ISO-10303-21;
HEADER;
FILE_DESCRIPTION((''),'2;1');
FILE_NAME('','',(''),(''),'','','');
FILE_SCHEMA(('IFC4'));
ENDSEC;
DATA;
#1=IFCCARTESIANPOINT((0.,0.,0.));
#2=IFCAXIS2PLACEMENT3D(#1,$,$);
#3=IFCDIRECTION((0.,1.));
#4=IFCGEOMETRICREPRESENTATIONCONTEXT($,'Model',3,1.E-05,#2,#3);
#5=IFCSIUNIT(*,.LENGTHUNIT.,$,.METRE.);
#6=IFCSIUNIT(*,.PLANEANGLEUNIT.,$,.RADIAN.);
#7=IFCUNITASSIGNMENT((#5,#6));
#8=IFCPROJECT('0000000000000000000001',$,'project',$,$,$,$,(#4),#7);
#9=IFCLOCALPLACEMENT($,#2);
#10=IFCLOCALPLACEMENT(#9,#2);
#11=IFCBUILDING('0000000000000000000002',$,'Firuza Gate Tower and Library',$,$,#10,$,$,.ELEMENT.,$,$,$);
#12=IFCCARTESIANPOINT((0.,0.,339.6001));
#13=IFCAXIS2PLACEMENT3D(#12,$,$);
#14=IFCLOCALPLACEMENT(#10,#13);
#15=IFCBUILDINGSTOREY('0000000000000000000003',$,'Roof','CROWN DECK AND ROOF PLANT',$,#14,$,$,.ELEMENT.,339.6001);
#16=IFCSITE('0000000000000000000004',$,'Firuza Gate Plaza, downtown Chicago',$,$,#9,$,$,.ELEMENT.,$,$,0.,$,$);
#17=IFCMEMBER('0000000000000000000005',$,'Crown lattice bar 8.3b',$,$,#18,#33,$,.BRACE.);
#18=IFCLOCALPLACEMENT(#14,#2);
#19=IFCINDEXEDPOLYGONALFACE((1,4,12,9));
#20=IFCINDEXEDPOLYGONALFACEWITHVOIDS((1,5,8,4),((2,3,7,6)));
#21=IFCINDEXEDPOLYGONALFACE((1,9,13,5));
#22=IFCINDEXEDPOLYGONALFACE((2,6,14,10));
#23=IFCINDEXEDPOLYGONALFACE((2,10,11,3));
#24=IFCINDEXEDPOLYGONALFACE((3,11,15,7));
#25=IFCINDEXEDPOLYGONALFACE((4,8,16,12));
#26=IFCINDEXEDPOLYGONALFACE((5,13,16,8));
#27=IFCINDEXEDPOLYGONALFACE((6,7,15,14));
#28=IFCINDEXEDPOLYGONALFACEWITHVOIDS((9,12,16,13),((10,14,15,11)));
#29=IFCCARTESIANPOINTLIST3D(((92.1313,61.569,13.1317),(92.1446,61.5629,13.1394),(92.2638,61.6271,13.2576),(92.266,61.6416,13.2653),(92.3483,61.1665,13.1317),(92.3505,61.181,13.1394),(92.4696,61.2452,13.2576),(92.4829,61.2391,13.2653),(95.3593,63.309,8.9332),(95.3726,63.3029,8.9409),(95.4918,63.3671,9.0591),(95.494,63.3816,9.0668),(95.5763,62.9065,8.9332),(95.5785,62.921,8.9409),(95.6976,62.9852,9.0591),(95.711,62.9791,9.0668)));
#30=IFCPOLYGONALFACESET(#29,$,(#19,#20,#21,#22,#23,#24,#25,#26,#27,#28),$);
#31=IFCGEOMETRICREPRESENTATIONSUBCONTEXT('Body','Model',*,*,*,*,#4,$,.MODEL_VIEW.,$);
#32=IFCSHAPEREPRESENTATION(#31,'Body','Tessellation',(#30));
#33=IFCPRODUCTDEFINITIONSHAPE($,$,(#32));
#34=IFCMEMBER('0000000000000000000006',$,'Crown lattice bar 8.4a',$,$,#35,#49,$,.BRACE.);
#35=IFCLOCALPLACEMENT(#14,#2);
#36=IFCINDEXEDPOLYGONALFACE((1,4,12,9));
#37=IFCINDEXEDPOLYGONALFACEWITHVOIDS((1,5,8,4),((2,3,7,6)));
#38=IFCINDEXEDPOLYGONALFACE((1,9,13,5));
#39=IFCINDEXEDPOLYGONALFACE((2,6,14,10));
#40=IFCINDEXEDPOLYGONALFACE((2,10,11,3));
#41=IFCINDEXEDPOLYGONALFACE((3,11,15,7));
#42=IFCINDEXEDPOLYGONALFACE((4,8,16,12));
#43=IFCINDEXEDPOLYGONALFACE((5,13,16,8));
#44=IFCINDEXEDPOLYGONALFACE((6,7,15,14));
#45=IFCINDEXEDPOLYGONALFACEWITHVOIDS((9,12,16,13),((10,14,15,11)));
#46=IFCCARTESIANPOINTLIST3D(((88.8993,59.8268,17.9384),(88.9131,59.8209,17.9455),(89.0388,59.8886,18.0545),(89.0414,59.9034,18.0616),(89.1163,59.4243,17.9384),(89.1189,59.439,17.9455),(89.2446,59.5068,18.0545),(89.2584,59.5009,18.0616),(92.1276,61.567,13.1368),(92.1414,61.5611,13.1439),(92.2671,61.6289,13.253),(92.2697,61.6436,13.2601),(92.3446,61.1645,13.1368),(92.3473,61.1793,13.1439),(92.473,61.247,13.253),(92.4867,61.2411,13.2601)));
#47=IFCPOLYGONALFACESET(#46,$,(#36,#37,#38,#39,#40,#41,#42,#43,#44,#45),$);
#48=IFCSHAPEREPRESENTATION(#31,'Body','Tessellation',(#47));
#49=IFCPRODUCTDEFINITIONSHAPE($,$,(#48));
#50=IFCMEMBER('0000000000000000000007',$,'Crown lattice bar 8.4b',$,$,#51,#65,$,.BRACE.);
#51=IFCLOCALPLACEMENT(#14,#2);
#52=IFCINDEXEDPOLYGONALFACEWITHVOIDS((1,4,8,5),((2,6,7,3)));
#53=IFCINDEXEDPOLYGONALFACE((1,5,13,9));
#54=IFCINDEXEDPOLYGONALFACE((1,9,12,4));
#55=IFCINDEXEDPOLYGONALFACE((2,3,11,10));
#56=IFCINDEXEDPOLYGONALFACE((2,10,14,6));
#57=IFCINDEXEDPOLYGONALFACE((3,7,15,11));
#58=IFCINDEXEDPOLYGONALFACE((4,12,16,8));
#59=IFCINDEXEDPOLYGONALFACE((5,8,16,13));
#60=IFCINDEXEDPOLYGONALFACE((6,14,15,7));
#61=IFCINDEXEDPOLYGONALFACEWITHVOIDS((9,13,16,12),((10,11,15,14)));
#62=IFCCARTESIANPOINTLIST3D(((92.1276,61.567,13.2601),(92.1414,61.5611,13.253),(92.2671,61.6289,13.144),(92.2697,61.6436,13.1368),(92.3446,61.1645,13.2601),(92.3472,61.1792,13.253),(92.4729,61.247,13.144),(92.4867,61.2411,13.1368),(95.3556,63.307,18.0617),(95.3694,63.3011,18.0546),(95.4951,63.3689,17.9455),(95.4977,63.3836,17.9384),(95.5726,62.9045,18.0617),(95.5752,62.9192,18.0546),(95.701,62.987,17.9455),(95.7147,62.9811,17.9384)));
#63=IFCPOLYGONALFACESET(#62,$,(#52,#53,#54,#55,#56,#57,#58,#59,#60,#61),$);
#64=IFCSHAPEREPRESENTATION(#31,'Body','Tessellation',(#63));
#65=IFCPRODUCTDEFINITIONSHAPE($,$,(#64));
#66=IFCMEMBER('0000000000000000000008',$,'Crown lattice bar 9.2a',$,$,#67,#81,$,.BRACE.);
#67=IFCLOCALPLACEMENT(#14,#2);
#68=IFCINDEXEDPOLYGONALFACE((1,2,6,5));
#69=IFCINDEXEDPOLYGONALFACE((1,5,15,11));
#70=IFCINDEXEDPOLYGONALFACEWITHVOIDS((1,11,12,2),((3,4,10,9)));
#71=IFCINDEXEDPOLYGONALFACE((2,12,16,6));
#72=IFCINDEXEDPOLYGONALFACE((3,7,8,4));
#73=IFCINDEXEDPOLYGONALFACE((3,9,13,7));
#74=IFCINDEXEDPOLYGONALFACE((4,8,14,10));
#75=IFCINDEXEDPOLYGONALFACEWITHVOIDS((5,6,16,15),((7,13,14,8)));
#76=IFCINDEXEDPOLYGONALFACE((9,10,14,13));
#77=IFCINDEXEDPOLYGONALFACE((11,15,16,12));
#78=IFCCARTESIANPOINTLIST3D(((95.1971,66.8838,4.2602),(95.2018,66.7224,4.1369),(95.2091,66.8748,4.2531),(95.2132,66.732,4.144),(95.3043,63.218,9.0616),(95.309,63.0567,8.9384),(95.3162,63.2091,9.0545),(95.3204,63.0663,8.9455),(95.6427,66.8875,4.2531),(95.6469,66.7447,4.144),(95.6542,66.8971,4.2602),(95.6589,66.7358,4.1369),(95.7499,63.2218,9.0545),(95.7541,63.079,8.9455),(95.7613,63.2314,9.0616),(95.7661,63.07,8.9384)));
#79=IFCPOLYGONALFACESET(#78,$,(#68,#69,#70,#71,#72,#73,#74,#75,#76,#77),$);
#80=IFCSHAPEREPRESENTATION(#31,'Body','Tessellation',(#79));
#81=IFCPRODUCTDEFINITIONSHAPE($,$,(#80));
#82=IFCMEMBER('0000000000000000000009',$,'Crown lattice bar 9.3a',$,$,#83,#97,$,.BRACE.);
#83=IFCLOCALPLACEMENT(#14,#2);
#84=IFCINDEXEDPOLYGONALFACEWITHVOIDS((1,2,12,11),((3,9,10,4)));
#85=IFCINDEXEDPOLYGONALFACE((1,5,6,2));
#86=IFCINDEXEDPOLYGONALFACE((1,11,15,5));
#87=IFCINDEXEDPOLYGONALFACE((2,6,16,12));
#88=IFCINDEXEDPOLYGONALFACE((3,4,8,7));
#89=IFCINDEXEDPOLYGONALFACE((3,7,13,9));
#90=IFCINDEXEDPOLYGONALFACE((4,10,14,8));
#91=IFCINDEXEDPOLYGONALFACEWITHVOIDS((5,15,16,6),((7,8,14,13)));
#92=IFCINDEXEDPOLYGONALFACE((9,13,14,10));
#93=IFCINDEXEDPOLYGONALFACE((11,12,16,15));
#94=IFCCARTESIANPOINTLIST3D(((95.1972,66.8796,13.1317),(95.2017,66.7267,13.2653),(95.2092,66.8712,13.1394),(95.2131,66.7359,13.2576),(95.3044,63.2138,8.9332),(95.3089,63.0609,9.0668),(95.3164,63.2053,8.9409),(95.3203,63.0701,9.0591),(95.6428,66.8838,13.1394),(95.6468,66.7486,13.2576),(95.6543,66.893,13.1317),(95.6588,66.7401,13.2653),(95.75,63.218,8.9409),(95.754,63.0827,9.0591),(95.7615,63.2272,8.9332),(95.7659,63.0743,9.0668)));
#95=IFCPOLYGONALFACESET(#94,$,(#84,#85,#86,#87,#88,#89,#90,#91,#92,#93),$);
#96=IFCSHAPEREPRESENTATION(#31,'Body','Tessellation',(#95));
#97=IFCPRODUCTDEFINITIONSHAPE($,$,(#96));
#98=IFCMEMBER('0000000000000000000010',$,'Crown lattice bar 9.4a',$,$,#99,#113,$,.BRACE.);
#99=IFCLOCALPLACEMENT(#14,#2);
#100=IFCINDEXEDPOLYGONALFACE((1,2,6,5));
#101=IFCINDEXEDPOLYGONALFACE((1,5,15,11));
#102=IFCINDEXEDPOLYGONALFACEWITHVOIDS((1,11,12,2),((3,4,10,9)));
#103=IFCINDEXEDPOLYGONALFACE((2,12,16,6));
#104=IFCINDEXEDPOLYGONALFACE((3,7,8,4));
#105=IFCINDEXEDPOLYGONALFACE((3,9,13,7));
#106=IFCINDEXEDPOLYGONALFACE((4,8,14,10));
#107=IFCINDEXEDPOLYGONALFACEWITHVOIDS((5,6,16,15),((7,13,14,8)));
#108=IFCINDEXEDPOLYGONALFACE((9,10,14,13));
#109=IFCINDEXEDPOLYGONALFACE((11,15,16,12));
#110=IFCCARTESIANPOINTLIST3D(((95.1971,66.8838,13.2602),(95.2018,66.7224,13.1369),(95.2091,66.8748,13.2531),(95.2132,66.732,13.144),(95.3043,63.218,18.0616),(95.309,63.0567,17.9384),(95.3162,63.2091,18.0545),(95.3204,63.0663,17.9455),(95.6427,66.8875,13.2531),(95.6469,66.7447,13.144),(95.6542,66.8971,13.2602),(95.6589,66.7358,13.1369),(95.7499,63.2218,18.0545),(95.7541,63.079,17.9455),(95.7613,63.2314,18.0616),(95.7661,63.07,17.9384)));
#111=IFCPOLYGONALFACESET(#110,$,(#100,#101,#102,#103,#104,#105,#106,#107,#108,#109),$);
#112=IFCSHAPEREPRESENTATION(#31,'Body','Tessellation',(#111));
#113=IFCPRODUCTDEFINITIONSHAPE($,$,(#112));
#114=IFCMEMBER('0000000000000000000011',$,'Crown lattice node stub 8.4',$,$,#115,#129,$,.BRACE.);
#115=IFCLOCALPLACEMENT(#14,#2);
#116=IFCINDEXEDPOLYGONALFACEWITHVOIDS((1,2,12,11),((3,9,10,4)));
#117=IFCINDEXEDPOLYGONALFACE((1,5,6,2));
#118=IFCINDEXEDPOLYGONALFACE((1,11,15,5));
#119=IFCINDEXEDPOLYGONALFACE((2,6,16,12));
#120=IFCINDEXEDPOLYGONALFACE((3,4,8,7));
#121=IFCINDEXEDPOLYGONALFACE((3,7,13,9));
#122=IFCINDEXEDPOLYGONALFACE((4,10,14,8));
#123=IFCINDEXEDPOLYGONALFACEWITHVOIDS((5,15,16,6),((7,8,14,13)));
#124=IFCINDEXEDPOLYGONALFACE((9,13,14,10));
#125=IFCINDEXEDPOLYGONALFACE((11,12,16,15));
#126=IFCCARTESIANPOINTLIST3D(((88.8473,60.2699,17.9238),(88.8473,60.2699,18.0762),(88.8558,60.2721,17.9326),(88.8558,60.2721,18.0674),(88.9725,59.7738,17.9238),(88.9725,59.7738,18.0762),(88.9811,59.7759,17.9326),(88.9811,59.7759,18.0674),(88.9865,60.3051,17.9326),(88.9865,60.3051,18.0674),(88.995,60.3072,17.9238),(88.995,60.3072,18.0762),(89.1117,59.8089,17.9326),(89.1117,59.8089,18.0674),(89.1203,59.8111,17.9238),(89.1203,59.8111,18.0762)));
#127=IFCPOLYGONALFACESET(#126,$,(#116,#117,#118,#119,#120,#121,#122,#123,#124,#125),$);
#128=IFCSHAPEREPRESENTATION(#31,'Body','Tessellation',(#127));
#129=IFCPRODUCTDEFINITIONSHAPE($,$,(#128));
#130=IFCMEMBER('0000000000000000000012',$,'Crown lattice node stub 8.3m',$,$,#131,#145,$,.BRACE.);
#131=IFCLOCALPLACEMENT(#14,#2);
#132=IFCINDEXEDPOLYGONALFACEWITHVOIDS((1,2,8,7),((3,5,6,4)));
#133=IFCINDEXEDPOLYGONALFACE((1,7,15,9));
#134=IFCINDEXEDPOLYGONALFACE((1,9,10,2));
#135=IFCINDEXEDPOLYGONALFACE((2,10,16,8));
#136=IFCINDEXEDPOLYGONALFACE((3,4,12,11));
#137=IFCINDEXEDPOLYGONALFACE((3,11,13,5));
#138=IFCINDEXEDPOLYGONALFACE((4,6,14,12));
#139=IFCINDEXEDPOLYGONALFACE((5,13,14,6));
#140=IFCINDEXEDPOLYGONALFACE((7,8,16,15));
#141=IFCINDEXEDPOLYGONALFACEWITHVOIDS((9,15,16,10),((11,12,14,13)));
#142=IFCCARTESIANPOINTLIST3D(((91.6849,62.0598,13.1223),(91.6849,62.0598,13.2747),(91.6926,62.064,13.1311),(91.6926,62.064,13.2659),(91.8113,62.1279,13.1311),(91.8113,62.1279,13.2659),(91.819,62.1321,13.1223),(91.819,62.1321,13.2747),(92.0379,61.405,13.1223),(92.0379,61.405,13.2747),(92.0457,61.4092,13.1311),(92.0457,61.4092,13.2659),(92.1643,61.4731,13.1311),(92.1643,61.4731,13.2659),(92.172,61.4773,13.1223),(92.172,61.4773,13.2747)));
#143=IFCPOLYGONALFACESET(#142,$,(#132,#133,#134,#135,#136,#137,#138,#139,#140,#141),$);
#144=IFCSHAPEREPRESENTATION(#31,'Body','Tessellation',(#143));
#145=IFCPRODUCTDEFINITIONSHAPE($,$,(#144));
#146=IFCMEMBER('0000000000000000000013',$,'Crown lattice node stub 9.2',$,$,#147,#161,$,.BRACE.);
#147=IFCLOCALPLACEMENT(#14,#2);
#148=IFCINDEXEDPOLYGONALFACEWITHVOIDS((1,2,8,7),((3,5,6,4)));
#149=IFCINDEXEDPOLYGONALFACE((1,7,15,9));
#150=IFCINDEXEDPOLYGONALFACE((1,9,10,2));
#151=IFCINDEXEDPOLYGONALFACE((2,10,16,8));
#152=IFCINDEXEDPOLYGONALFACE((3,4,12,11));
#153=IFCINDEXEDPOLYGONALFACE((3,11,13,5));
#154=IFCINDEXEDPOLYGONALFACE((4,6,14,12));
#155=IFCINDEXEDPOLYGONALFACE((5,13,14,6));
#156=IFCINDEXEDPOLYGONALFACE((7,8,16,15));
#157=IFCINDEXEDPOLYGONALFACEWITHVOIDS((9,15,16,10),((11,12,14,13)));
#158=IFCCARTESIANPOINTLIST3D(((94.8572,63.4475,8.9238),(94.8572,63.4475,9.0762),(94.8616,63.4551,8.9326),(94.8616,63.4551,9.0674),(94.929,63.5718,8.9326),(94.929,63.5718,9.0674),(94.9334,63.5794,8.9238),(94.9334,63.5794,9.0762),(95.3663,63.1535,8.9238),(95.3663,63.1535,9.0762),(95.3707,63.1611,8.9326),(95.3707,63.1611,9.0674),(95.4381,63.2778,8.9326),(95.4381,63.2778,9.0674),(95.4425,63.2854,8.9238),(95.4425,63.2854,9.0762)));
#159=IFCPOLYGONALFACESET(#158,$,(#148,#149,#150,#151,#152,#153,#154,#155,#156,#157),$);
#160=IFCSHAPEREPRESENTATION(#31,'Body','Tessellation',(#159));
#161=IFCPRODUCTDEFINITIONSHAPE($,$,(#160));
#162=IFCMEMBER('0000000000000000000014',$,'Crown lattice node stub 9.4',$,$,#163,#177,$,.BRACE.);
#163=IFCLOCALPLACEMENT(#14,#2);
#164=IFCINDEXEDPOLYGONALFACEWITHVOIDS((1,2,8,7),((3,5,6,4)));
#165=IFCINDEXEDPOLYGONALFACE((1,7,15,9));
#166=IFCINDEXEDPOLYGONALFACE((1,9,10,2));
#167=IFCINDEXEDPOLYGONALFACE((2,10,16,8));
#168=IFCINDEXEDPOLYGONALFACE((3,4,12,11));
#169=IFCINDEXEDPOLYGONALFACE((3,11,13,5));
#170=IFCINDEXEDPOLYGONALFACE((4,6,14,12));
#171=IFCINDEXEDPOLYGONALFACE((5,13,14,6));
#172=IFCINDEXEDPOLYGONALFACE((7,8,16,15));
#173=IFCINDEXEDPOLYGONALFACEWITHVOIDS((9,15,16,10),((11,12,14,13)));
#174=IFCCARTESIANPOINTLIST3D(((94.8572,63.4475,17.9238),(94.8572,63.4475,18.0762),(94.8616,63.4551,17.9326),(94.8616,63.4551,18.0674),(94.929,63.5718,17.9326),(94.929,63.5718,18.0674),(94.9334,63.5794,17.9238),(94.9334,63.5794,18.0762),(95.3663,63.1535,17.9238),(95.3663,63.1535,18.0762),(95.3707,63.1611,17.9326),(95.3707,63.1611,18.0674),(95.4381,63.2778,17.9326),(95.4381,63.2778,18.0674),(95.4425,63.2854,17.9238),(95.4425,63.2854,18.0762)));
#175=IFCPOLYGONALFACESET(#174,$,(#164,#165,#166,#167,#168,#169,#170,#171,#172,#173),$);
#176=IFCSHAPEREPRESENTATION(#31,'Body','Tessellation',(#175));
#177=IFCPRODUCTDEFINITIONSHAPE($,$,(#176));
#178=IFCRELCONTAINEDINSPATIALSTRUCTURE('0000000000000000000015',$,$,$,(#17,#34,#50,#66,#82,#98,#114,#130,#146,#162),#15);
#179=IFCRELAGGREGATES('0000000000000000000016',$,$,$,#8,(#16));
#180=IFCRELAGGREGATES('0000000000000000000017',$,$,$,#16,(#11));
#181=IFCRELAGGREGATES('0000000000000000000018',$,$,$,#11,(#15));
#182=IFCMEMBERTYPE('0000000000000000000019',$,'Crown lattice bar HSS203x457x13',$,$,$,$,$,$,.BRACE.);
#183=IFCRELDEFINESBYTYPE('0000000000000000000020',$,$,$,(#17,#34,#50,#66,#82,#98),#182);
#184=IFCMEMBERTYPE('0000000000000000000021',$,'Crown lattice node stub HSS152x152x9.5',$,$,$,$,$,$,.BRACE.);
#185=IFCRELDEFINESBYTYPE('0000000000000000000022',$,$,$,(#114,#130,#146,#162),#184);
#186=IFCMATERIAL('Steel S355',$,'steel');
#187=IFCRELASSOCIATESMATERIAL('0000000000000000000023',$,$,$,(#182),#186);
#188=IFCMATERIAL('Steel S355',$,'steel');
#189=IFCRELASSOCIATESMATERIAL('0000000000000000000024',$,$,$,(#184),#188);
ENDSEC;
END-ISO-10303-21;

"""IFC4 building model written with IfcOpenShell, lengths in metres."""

from ifc_helpers import new_model, si_unit, direction, frame, origin, origin_2d, place, context, subcontext, project, spatial, hollow_rectangle, extrude, material, material_profile, profile_set, type_object, element, save


model = new_model("IFC4")

# Units and contexts
model_context = context("Model", 3, precision=1e-05, world=origin(), true_north=direction((0.0, 1.0)))
body_context = subcontext(model_context, "Body", "Model", "MODEL_VIEW")
ifc_project = project(units=[si_unit("LENGTHUNIT", "METRE"), si_unit("PLANEANGLEUNIT", "RADIAN")], contexts=[model_context])

# Site, building, storey
site_placement = place(None, origin())
site = spatial("IfcSite", under=ifc_project, at=site_placement, Name="Firuza Gate Plaza, downtown Chicago", CompositionType="ELEMENT", RefElevation=0.0)
building_placement = place(site_placement, origin())
building = spatial("IfcBuilding", under=site, at=building_placement, Name="Firuza Gate Tower and Library", CompositionType="ELEMENT")
storey_placement = place(building_placement, frame((0.0, 0.0, 339.6001)))
storey = spatial("IfcBuildingStorey", under=building, at=storey_placement, Name="Roof", Description="CROWN DECK AND ROOF PLANT", CompositionType="ELEMENT", Elevation=339.6001)

# Members
ifc_material_1 = material(Name="Steel S355", Category="steel")
ifc_material_profile_1 = material_profile(ifc_material_1, hollow_rectangle(XDim=0.4573, YDim=0.2031, WallThickness=0.0117, at=origin_2d()))
ifc_profile_set_1 = profile_set([ifc_material_profile_1], Name="Steel S355")
member_type_1 = type_object("IfcMemberType", Name="Crown lattice bar HSS203x457x13", PredefinedType="BRACE", material=ifc_profile_set_1)
member_1_placement = place(storey_placement, frame((92.3071, 61.4041, 13.1985), z_axis=(0.579071, 0.312134, -0.75316), x_axis=(-0.474485, 0.880264, 0.0)))
element("IfcMember", 1, at=member_1_placement, inside=storey, type_object=member_type_1, Name="Crown lattice bar 8.3b", PredefinedType="BRACE", context=body_context, shape_type="SweptSolid", body=[
    extrude(hollow_rectangle(XDim=0.4573, YDim=0.2031, WallThickness=0.0117, at=origin_2d()), origin(), (0.0, 0.0, 1.0), 5.5745),
])
member_2_placement = place(storey_placement, frame((89.0789, 59.6638, 18.0), z_axis=(0.534313, 0.288027, -0.794701), x_axis=(-0.474509, 0.880251, 0.0)))
element("IfcMember", 2, at=member_2_placement, inside=storey, type_object=member_type_1, Name="Crown lattice bar 8.4a", PredefinedType="BRACE", context=body_context, shape_type="SweptSolid", body=[
    extrude(hollow_rectangle(XDim=0.4573, YDim=0.2031, WallThickness=0.0117, at=origin_2d()), origin(), (0.0, 0.0, 1.0), 6.042),
])
for number, where, z_axis, x_axis, name in (
    (3, (92.3071, 61.4041, 13.1985), (0.53429, 0.287996, 0.794728), (-0.474485, 0.880264, 0.0), "Crown lattice bar 8.4b"),
    (4, (95.5352, 63.144, 9.0), (-0.017739, 0.60673, -0.79471), (-0.999573, -0.029225, 0.0), "Crown lattice bar 9.2a"),
):
    element("IfcMember", number, at=place(storey_placement, frame(where, z_axis=z_axis, x_axis=x_axis)), inside=storey, type_object=member_type_1, Name=name, PredefinedType="BRACE", context=body_context, shape_type="SweptSolid", body=[
        extrude(hollow_rectangle(XDim=0.4573, YDim=0.2031, WallThickness=0.0117, at=origin_2d()), origin(), (0.0, 0.0, 1.0), 6.0417),
    ])
member_3_placement = place(storey_placement, frame((95.5352, 63.144, 9.0), z_axis=(-0.019226, 0.657579, 0.75314), x_axis=(-0.999573, -0.029225, 0.0)))
element("IfcMember", 5, at=member_3_placement, inside=storey, type_object=member_type_1, Name="Crown lattice bar 9.3a", PredefinedType="BRACE", context=body_context, shape_type="SweptSolid", body=[
    extrude(hollow_rectangle(XDim=0.4573, YDim=0.2031, WallThickness=0.0117, at=origin_2d()), origin(), (0.0, 0.0, 1.0), 5.5747),
])
member_4_placement = place(storey_placement, frame((95.5352, 63.144, 18.0), z_axis=(-0.017739, 0.60673, -0.79471), x_axis=(-0.999573, -0.029225, 0.0)))
element("IfcMember", 6, at=member_4_placement, inside=storey, type_object=member_type_1, Name="Crown lattice bar 9.4a", PredefinedType="BRACE", context=body_context, shape_type="SweptSolid", body=[
    extrude(hollow_rectangle(XDim=0.4573, YDim=0.2031, WallThickness=0.0117, at=origin_2d()), origin(), (0.0, 0.0, 1.0), 6.0417),
])
ifc_material_2 = material(Name="Steel S355", Category="steel")
ifc_material_profile_2 = material_profile(ifc_material_2, hollow_rectangle(XDim=0.1523, YDim=0.1523, WallThickness=0.0088, at=origin_2d()))
ifc_profile_set_2 = profile_set([ifc_material_profile_2], Name="Steel S355")
member_type_2 = type_object("IfcMemberType", Name="Crown lattice node stub HSS152x152x9.5", PredefinedType="BRACE", material=ifc_profile_set_2)
member_5_placement = place(storey_placement, frame((88.9211, 60.2886, 18.0), z_axis=(0.24478, -0.969579, 0.0), x_axis=(0.969579, 0.24478, 0.0)))
element("IfcMember", 7, at=member_5_placement, inside=storey, type_object=member_type_2, Name="Crown lattice node stub 8.4", PredefinedType="BRACE", context=body_context, shape_type="SweptSolid", body=[
    extrude(hollow_rectangle(XDim=0.1523, YDim=0.1523, WallThickness=0.0088, at=origin_2d()), origin(), (0.0, 0.0, 1.0), 0.5117),
])
member_6_placement = place(storey_placement, frame((91.752, 62.0959, 13.1985), z_axis=(0.474569, -0.880218, 0.0), x_axis=(0.880218, 0.474569, 0.0)))
element("IfcMember", 8, at=member_6_placement, inside=storey, type_object=member_type_2, Name="Crown lattice node stub 8.3m", PredefinedType="BRACE", context=body_context, shape_type="SweptSolid", body=[
    extrude(hollow_rectangle(XDim=0.1523, YDim=0.1523, WallThickness=0.0088, at=origin_2d()), origin(), (0.0, 0.0, 1.0), 0.7439),
])
for number, where, z_axis, x_axis, name in (
    (9, (94.8953, 63.5134, 9.0), (0.865985, -0.50007, 0.0), (0.50007, 0.865985, 0.0), "Crown lattice node stub 9.2"),
    (10, (94.8953, 63.5134, 18.0), (0.865985, -0.50007, 0.0), (0.50007, 0.865985, 0.0), "Crown lattice node stub 9.4"),
):
    element("IfcMember", number, at=place(storey_placement, frame(where, z_axis=z_axis, x_axis=x_axis)), inside=storey, type_object=member_type_2, Name=name, PredefinedType="BRACE", context=body_context, shape_type="SweptSolid", body=[
        extrude(hollow_rectangle(XDim=0.1523, YDim=0.1523, WallThickness=0.0088, at=origin_2d()), origin(), (0.0, 0.0, 1.0), 0.5879),
    ])

save(model, "model.ifc")
